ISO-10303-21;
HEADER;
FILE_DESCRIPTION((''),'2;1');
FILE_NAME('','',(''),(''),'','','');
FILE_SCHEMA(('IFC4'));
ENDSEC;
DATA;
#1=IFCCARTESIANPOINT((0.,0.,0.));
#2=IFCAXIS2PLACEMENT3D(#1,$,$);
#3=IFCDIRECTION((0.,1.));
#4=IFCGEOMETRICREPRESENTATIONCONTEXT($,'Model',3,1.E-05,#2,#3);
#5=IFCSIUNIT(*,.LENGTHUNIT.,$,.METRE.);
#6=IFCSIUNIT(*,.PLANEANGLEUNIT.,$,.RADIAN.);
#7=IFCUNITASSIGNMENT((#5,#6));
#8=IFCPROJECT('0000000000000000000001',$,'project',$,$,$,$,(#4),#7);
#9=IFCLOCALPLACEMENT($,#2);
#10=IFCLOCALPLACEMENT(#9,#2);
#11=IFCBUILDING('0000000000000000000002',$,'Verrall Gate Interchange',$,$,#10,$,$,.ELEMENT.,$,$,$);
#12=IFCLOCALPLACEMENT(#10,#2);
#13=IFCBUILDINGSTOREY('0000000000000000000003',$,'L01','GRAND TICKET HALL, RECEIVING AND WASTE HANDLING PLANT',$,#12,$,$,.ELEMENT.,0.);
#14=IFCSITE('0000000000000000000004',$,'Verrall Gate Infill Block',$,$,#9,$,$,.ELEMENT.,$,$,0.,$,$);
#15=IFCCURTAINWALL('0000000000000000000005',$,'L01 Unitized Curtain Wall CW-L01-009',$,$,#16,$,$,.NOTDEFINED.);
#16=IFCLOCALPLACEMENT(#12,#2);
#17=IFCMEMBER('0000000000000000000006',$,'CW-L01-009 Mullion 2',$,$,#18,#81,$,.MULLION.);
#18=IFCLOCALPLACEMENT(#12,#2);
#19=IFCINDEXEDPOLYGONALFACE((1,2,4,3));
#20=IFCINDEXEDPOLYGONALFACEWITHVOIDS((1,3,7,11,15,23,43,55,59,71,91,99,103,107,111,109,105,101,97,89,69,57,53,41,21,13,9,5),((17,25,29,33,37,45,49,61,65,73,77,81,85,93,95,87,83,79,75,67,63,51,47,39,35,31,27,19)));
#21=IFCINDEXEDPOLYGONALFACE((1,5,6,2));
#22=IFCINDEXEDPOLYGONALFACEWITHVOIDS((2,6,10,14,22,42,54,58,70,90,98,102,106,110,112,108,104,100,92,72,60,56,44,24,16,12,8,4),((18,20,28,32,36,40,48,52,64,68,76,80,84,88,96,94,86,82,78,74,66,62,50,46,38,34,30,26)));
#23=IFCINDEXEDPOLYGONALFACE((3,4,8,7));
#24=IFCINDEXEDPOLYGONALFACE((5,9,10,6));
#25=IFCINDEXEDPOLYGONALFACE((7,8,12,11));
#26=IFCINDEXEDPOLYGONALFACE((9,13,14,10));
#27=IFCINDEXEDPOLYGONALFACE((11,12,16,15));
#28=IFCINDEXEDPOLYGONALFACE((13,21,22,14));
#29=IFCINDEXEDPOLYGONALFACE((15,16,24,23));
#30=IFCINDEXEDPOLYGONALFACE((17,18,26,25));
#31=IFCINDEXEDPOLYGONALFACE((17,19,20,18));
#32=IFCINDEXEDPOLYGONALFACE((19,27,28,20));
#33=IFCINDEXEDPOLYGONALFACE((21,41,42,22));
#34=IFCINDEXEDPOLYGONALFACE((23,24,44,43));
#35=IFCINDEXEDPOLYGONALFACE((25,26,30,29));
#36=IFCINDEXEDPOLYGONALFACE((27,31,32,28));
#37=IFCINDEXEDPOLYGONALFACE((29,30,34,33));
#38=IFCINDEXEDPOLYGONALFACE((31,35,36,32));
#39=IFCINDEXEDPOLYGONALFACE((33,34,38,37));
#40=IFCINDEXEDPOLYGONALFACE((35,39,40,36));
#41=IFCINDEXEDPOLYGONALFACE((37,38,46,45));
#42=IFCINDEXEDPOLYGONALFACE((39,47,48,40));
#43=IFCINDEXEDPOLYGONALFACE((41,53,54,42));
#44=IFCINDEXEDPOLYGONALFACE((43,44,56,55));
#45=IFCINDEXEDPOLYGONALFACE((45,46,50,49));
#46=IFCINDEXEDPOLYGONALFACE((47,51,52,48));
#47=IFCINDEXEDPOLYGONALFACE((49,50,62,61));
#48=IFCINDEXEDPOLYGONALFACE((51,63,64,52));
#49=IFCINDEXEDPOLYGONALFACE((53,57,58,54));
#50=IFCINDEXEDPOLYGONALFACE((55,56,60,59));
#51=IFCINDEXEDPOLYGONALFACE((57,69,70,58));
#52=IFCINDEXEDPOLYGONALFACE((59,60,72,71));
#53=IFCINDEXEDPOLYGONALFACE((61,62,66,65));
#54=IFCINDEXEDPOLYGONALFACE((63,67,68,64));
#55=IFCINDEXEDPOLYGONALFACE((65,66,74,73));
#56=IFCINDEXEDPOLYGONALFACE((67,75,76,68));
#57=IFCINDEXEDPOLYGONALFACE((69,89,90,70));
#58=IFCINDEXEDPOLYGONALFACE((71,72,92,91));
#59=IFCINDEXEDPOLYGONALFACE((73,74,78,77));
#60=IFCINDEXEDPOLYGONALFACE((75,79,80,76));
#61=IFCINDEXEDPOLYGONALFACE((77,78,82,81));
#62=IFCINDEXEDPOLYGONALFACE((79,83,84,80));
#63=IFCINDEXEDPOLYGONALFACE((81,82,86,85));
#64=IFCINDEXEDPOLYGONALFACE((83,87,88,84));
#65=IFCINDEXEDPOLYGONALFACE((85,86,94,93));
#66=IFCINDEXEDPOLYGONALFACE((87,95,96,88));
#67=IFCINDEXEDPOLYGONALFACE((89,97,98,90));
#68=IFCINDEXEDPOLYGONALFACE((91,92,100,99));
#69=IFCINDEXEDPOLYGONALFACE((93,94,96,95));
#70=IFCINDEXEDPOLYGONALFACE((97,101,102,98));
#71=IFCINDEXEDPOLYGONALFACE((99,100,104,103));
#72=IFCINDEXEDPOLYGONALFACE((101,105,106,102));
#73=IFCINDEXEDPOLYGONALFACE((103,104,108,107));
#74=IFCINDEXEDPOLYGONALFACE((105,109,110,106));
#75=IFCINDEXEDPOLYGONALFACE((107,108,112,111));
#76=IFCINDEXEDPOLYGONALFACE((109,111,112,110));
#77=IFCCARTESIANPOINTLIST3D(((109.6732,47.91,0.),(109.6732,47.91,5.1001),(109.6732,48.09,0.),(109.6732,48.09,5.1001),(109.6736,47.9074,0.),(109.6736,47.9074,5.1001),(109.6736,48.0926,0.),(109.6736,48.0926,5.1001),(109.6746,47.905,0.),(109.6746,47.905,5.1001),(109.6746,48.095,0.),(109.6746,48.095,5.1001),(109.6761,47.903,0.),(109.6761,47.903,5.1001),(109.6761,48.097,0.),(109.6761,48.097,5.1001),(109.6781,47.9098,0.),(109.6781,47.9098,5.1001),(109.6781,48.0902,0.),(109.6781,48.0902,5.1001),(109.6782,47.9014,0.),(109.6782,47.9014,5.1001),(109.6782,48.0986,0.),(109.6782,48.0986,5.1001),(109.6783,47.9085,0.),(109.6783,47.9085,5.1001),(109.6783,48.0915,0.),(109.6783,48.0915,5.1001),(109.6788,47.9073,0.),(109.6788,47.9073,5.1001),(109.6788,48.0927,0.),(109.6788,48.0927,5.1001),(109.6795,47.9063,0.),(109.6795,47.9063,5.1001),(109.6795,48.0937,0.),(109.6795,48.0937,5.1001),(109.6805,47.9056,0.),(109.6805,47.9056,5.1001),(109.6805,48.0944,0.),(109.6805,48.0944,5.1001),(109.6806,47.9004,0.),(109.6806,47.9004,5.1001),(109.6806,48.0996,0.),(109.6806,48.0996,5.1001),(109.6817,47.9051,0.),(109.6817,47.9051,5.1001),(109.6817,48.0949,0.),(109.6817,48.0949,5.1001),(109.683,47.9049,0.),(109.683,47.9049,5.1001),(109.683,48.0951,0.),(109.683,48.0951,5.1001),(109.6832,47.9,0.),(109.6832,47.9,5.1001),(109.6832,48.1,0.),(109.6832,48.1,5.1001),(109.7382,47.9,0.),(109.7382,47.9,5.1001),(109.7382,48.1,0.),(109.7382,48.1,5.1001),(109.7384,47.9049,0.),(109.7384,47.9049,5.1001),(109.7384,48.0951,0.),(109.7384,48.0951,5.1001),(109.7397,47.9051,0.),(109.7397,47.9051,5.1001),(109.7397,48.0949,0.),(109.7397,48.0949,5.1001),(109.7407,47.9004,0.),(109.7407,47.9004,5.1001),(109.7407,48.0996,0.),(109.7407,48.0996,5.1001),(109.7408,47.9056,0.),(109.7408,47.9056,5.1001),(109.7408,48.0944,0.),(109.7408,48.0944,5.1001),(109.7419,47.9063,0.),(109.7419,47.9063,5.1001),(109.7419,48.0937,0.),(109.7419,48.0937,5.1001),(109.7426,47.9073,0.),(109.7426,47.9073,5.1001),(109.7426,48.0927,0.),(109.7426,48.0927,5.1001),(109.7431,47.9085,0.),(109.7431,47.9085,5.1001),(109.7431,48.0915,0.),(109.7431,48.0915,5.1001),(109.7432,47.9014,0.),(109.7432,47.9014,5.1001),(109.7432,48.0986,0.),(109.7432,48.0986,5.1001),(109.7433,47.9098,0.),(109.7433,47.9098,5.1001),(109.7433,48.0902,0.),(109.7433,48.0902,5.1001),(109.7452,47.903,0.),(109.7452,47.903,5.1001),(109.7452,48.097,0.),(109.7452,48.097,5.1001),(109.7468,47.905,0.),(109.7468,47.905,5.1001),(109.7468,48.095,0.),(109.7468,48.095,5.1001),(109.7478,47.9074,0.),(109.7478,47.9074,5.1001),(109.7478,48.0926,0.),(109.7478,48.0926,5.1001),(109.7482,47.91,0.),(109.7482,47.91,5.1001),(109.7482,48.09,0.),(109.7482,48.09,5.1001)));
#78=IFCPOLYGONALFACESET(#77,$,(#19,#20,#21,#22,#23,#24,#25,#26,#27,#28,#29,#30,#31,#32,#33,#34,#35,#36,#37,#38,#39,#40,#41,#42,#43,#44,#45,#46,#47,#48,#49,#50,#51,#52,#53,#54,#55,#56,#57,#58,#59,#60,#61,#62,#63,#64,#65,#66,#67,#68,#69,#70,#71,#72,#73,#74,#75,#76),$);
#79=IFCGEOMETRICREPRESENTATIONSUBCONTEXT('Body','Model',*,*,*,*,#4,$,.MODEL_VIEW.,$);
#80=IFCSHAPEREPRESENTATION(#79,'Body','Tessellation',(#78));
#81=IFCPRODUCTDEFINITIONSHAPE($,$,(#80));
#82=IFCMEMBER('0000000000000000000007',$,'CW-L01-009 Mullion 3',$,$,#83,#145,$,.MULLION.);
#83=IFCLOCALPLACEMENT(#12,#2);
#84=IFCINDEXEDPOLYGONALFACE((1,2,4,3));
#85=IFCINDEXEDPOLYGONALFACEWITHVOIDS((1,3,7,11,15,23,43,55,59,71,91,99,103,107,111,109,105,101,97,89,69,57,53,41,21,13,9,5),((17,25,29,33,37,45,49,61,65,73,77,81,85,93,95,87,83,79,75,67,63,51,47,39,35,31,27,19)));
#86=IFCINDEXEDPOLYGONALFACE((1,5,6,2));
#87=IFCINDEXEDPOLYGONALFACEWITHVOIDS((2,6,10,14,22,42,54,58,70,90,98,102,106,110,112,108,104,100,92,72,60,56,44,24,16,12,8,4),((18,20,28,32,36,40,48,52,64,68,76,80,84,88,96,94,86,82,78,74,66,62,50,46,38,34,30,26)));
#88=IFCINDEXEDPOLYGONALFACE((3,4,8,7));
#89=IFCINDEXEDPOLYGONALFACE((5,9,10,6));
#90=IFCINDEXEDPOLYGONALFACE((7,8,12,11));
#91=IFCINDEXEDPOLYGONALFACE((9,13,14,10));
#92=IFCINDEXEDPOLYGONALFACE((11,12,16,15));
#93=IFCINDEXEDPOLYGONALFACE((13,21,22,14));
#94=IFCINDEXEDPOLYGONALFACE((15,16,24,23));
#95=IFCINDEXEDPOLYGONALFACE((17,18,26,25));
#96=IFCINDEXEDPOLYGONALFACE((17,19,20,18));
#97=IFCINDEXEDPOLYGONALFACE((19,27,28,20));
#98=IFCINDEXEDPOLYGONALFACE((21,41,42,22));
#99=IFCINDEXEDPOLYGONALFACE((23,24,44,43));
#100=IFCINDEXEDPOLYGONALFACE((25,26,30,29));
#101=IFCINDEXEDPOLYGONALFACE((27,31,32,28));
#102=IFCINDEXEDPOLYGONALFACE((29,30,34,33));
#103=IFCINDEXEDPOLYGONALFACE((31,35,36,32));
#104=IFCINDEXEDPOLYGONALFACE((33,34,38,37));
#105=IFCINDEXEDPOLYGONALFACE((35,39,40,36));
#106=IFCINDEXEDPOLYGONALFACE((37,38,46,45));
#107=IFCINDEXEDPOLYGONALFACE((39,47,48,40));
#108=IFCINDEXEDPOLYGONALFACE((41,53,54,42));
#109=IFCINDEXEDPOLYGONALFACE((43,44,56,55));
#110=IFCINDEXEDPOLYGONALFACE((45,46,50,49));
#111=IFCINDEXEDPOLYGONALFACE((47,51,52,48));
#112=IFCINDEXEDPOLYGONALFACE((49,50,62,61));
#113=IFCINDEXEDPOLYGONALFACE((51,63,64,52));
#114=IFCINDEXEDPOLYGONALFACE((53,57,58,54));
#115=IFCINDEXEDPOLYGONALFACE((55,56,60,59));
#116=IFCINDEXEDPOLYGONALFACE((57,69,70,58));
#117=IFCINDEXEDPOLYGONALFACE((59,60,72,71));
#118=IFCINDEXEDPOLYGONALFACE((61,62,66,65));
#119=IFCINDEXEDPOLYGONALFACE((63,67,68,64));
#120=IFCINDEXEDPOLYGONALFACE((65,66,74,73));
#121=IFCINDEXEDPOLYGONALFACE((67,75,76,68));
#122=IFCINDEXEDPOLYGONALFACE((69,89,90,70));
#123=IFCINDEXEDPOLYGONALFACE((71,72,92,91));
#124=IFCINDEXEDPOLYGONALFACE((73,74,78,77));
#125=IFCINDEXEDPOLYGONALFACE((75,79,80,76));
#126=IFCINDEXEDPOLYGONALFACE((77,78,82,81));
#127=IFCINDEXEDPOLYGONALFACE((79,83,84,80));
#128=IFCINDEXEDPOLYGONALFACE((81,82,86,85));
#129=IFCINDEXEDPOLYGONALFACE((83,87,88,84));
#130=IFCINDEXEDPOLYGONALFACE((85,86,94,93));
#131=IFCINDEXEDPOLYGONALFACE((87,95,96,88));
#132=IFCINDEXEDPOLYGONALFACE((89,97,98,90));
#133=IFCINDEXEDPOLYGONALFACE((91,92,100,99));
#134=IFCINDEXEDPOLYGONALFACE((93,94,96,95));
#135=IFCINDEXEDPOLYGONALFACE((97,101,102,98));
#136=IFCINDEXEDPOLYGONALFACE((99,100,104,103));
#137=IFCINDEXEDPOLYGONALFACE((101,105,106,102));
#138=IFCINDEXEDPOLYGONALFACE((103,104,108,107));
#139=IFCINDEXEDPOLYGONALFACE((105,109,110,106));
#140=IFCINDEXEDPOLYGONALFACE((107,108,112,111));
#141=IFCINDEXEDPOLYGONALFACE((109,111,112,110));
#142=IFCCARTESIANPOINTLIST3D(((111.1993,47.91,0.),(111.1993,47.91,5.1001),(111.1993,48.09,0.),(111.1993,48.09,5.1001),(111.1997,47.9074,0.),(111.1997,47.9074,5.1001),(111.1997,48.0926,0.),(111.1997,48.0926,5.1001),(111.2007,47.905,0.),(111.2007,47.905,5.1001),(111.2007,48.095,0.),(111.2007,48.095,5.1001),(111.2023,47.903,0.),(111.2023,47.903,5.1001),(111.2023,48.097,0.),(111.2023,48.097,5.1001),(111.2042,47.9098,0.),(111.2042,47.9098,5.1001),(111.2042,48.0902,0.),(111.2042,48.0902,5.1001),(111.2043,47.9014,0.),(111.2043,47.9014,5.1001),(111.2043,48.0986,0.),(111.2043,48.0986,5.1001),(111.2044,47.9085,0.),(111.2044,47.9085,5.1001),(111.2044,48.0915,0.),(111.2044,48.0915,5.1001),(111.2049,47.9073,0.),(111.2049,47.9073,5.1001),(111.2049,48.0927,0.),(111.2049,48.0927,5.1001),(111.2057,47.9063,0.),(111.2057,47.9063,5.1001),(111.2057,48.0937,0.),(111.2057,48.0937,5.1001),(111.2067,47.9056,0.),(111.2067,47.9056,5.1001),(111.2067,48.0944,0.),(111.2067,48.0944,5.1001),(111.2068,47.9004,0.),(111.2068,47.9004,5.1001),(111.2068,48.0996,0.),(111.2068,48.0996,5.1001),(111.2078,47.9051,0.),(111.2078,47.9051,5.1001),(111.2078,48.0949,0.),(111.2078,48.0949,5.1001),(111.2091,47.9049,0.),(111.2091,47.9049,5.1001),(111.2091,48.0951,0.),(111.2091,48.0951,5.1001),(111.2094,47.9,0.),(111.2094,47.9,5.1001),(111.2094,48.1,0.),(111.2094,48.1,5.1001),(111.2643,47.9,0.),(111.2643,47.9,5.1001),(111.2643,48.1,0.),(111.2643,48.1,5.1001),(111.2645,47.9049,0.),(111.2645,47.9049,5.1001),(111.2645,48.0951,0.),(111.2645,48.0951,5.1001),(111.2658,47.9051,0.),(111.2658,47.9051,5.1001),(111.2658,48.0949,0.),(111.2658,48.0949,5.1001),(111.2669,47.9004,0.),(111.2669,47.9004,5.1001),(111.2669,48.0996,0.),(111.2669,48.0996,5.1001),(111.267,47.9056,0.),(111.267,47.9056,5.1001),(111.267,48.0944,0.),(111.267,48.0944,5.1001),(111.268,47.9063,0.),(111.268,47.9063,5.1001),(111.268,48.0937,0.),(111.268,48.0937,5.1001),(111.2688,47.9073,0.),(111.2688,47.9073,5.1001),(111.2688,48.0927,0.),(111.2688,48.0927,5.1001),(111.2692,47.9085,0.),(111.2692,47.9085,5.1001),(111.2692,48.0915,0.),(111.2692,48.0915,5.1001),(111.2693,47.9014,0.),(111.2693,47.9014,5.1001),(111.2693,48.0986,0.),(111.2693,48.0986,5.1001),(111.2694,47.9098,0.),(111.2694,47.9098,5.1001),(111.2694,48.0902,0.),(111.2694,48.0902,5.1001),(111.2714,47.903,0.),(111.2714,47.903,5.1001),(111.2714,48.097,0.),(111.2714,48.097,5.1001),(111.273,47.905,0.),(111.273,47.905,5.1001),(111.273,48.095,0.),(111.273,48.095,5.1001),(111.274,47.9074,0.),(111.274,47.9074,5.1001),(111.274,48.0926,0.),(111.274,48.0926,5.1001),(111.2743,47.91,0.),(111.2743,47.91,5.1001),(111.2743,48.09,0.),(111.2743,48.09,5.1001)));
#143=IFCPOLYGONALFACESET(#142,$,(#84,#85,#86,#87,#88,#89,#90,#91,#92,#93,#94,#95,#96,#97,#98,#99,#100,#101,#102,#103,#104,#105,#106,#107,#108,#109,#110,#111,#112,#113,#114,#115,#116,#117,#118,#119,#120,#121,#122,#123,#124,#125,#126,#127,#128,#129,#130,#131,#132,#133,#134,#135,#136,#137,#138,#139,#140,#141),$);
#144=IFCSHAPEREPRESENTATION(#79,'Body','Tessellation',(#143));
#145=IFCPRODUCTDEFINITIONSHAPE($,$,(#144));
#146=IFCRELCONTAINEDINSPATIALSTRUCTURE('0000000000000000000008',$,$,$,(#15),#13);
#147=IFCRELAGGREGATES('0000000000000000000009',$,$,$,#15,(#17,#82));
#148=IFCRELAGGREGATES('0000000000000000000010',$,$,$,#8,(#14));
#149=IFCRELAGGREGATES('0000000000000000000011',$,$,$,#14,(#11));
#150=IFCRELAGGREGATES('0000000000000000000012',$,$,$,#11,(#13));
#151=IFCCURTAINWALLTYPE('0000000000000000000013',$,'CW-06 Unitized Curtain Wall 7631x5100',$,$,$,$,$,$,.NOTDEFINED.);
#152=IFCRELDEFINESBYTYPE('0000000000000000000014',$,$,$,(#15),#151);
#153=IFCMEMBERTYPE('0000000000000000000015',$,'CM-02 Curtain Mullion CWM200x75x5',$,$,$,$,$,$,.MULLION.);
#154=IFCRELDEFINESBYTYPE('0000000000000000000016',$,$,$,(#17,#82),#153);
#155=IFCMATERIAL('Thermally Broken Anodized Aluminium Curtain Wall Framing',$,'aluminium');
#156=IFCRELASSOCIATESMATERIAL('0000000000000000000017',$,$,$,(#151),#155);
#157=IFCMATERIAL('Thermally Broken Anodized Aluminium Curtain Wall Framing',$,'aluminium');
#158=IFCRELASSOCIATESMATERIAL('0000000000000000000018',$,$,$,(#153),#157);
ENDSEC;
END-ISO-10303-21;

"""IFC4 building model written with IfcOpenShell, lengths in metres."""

from ifc_helpers import new_model, si_unit, direction, frame, origin, origin_2d, place, context, subcontext, project, spatial, hollow_rectangle, extrude, material, material_profile, profile_set, type_object, element, aggregate, save


model = new_model("IFC4")

# Units and contexts
model_context = context("Model", 3, precision=1e-05, world=origin(), true_north=direction((0.0, 1.0)))
body_context = subcontext(model_context, "Body", "Model", "MODEL_VIEW")
ifc_project = project(units=[si_unit("LENGTHUNIT", "METRE"), si_unit("PLANEANGLEUNIT", "RADIAN")], contexts=[model_context])

# Site, building, storey
site_placement = place(None, origin())
site = spatial("IfcSite", under=ifc_project, at=site_placement, Name="Verrall Gate Infill Block", CompositionType="ELEMENT", RefElevation=0.0)
building_placement = place(site_placement, origin())
building = spatial("IfcBuilding", under=site, at=building_placement, Name="Verrall Gate Interchange", CompositionType="ELEMENT")
storey_placement = place(building_placement, origin())
storey = spatial("IfcBuildingStorey", under=building, at=storey_placement, Name="L01", Description="GRAND TICKET HALL, RECEIVING AND WASTE HANDLING PLANT", CompositionType="ELEMENT", Elevation=0.0)

# Curtain wall, members
ifc_material_1 = material(Name="Thermally Broken Anodized Aluminium Curtain Wall Framing", Category="aluminium")
curtain_wall_type_1 = type_object("IfcCurtainWallType", Name="CW-06 Unitized Curtain Wall 7631x5100", PredefinedType="NOTDEFINED", material=ifc_material_1)
curtain_wall_1_placement = place(storey_placement, origin())
curtain_wall_1 = element("IfcCurtainWall", 1, at=curtain_wall_1_placement, inside=storey, type_object=curtain_wall_type_1, Name="L01 Unitized Curtain Wall CW-L01-009", PredefinedType="NOTDEFINED")
ifc_material_2 = material(Name="Thermally Broken Anodized Aluminium Curtain Wall Framing", Category="aluminium")
ifc_material_profile_1 = material_profile(ifc_material_2, hollow_rectangle(XDim=0.075, YDim=0.2, WallThickness=0.0049, InnerFilletRadius=0.0049, OuterFilletRadius=0.01, at=origin_2d()), Name="CWM200x75x5")
ifc_profile_set_1 = profile_set([ifc_material_profile_1], Name="Thermally Broken Anodized Aluminium Curtain Wall Framing")
member_type_1 = type_object("IfcMemberType", Name="CM-02 Curtain Mullion CWM200x75x5", PredefinedType="MULLION", material=ifc_profile_set_1)
member_1_placement = place(storey_placement, frame((109.7107, 48.0, 0.0), z_axis=(0.0, 0.0, 1.0), x_axis=(1.0, 0.0, 0.0)))
member_1 = element("IfcMember", 2, at=member_1_placement, type_object=member_type_1, Name="CW-L01-009 Mullion 2", PredefinedType="MULLION", context=body_context, shape_type="SweptSolid", body=[
    extrude(hollow_rectangle(XDim=0.075, YDim=0.2, WallThickness=0.0049, InnerFilletRadius=0.0049, OuterFilletRadius=0.01, at=origin_2d()), origin(), (0.0, 0.0, 1.0), 5.1001),
])
member_2_placement = place(storey_placement, frame((111.2368, 48.0, 0.0), z_axis=(0.0, 0.0, 1.0), x_axis=(1.0, 0.0, 0.0)))
member_2 = element("IfcMember", 3, at=member_2_placement, type_object=member_type_1, Name="CW-L01-009 Mullion 3", PredefinedType="MULLION", context=body_context, shape_type="SweptSolid", body=[
    extrude(hollow_rectangle(XDim=0.075, YDim=0.2, WallThickness=0.0049, InnerFilletRadius=0.0049, OuterFilletRadius=0.01, at=origin_2d()), origin(), (0.0, 0.0, 1.0), 5.1001),
])

aggregate(curtain_wall_1, [member_1, member_2])

save(model, "model.ifc")
